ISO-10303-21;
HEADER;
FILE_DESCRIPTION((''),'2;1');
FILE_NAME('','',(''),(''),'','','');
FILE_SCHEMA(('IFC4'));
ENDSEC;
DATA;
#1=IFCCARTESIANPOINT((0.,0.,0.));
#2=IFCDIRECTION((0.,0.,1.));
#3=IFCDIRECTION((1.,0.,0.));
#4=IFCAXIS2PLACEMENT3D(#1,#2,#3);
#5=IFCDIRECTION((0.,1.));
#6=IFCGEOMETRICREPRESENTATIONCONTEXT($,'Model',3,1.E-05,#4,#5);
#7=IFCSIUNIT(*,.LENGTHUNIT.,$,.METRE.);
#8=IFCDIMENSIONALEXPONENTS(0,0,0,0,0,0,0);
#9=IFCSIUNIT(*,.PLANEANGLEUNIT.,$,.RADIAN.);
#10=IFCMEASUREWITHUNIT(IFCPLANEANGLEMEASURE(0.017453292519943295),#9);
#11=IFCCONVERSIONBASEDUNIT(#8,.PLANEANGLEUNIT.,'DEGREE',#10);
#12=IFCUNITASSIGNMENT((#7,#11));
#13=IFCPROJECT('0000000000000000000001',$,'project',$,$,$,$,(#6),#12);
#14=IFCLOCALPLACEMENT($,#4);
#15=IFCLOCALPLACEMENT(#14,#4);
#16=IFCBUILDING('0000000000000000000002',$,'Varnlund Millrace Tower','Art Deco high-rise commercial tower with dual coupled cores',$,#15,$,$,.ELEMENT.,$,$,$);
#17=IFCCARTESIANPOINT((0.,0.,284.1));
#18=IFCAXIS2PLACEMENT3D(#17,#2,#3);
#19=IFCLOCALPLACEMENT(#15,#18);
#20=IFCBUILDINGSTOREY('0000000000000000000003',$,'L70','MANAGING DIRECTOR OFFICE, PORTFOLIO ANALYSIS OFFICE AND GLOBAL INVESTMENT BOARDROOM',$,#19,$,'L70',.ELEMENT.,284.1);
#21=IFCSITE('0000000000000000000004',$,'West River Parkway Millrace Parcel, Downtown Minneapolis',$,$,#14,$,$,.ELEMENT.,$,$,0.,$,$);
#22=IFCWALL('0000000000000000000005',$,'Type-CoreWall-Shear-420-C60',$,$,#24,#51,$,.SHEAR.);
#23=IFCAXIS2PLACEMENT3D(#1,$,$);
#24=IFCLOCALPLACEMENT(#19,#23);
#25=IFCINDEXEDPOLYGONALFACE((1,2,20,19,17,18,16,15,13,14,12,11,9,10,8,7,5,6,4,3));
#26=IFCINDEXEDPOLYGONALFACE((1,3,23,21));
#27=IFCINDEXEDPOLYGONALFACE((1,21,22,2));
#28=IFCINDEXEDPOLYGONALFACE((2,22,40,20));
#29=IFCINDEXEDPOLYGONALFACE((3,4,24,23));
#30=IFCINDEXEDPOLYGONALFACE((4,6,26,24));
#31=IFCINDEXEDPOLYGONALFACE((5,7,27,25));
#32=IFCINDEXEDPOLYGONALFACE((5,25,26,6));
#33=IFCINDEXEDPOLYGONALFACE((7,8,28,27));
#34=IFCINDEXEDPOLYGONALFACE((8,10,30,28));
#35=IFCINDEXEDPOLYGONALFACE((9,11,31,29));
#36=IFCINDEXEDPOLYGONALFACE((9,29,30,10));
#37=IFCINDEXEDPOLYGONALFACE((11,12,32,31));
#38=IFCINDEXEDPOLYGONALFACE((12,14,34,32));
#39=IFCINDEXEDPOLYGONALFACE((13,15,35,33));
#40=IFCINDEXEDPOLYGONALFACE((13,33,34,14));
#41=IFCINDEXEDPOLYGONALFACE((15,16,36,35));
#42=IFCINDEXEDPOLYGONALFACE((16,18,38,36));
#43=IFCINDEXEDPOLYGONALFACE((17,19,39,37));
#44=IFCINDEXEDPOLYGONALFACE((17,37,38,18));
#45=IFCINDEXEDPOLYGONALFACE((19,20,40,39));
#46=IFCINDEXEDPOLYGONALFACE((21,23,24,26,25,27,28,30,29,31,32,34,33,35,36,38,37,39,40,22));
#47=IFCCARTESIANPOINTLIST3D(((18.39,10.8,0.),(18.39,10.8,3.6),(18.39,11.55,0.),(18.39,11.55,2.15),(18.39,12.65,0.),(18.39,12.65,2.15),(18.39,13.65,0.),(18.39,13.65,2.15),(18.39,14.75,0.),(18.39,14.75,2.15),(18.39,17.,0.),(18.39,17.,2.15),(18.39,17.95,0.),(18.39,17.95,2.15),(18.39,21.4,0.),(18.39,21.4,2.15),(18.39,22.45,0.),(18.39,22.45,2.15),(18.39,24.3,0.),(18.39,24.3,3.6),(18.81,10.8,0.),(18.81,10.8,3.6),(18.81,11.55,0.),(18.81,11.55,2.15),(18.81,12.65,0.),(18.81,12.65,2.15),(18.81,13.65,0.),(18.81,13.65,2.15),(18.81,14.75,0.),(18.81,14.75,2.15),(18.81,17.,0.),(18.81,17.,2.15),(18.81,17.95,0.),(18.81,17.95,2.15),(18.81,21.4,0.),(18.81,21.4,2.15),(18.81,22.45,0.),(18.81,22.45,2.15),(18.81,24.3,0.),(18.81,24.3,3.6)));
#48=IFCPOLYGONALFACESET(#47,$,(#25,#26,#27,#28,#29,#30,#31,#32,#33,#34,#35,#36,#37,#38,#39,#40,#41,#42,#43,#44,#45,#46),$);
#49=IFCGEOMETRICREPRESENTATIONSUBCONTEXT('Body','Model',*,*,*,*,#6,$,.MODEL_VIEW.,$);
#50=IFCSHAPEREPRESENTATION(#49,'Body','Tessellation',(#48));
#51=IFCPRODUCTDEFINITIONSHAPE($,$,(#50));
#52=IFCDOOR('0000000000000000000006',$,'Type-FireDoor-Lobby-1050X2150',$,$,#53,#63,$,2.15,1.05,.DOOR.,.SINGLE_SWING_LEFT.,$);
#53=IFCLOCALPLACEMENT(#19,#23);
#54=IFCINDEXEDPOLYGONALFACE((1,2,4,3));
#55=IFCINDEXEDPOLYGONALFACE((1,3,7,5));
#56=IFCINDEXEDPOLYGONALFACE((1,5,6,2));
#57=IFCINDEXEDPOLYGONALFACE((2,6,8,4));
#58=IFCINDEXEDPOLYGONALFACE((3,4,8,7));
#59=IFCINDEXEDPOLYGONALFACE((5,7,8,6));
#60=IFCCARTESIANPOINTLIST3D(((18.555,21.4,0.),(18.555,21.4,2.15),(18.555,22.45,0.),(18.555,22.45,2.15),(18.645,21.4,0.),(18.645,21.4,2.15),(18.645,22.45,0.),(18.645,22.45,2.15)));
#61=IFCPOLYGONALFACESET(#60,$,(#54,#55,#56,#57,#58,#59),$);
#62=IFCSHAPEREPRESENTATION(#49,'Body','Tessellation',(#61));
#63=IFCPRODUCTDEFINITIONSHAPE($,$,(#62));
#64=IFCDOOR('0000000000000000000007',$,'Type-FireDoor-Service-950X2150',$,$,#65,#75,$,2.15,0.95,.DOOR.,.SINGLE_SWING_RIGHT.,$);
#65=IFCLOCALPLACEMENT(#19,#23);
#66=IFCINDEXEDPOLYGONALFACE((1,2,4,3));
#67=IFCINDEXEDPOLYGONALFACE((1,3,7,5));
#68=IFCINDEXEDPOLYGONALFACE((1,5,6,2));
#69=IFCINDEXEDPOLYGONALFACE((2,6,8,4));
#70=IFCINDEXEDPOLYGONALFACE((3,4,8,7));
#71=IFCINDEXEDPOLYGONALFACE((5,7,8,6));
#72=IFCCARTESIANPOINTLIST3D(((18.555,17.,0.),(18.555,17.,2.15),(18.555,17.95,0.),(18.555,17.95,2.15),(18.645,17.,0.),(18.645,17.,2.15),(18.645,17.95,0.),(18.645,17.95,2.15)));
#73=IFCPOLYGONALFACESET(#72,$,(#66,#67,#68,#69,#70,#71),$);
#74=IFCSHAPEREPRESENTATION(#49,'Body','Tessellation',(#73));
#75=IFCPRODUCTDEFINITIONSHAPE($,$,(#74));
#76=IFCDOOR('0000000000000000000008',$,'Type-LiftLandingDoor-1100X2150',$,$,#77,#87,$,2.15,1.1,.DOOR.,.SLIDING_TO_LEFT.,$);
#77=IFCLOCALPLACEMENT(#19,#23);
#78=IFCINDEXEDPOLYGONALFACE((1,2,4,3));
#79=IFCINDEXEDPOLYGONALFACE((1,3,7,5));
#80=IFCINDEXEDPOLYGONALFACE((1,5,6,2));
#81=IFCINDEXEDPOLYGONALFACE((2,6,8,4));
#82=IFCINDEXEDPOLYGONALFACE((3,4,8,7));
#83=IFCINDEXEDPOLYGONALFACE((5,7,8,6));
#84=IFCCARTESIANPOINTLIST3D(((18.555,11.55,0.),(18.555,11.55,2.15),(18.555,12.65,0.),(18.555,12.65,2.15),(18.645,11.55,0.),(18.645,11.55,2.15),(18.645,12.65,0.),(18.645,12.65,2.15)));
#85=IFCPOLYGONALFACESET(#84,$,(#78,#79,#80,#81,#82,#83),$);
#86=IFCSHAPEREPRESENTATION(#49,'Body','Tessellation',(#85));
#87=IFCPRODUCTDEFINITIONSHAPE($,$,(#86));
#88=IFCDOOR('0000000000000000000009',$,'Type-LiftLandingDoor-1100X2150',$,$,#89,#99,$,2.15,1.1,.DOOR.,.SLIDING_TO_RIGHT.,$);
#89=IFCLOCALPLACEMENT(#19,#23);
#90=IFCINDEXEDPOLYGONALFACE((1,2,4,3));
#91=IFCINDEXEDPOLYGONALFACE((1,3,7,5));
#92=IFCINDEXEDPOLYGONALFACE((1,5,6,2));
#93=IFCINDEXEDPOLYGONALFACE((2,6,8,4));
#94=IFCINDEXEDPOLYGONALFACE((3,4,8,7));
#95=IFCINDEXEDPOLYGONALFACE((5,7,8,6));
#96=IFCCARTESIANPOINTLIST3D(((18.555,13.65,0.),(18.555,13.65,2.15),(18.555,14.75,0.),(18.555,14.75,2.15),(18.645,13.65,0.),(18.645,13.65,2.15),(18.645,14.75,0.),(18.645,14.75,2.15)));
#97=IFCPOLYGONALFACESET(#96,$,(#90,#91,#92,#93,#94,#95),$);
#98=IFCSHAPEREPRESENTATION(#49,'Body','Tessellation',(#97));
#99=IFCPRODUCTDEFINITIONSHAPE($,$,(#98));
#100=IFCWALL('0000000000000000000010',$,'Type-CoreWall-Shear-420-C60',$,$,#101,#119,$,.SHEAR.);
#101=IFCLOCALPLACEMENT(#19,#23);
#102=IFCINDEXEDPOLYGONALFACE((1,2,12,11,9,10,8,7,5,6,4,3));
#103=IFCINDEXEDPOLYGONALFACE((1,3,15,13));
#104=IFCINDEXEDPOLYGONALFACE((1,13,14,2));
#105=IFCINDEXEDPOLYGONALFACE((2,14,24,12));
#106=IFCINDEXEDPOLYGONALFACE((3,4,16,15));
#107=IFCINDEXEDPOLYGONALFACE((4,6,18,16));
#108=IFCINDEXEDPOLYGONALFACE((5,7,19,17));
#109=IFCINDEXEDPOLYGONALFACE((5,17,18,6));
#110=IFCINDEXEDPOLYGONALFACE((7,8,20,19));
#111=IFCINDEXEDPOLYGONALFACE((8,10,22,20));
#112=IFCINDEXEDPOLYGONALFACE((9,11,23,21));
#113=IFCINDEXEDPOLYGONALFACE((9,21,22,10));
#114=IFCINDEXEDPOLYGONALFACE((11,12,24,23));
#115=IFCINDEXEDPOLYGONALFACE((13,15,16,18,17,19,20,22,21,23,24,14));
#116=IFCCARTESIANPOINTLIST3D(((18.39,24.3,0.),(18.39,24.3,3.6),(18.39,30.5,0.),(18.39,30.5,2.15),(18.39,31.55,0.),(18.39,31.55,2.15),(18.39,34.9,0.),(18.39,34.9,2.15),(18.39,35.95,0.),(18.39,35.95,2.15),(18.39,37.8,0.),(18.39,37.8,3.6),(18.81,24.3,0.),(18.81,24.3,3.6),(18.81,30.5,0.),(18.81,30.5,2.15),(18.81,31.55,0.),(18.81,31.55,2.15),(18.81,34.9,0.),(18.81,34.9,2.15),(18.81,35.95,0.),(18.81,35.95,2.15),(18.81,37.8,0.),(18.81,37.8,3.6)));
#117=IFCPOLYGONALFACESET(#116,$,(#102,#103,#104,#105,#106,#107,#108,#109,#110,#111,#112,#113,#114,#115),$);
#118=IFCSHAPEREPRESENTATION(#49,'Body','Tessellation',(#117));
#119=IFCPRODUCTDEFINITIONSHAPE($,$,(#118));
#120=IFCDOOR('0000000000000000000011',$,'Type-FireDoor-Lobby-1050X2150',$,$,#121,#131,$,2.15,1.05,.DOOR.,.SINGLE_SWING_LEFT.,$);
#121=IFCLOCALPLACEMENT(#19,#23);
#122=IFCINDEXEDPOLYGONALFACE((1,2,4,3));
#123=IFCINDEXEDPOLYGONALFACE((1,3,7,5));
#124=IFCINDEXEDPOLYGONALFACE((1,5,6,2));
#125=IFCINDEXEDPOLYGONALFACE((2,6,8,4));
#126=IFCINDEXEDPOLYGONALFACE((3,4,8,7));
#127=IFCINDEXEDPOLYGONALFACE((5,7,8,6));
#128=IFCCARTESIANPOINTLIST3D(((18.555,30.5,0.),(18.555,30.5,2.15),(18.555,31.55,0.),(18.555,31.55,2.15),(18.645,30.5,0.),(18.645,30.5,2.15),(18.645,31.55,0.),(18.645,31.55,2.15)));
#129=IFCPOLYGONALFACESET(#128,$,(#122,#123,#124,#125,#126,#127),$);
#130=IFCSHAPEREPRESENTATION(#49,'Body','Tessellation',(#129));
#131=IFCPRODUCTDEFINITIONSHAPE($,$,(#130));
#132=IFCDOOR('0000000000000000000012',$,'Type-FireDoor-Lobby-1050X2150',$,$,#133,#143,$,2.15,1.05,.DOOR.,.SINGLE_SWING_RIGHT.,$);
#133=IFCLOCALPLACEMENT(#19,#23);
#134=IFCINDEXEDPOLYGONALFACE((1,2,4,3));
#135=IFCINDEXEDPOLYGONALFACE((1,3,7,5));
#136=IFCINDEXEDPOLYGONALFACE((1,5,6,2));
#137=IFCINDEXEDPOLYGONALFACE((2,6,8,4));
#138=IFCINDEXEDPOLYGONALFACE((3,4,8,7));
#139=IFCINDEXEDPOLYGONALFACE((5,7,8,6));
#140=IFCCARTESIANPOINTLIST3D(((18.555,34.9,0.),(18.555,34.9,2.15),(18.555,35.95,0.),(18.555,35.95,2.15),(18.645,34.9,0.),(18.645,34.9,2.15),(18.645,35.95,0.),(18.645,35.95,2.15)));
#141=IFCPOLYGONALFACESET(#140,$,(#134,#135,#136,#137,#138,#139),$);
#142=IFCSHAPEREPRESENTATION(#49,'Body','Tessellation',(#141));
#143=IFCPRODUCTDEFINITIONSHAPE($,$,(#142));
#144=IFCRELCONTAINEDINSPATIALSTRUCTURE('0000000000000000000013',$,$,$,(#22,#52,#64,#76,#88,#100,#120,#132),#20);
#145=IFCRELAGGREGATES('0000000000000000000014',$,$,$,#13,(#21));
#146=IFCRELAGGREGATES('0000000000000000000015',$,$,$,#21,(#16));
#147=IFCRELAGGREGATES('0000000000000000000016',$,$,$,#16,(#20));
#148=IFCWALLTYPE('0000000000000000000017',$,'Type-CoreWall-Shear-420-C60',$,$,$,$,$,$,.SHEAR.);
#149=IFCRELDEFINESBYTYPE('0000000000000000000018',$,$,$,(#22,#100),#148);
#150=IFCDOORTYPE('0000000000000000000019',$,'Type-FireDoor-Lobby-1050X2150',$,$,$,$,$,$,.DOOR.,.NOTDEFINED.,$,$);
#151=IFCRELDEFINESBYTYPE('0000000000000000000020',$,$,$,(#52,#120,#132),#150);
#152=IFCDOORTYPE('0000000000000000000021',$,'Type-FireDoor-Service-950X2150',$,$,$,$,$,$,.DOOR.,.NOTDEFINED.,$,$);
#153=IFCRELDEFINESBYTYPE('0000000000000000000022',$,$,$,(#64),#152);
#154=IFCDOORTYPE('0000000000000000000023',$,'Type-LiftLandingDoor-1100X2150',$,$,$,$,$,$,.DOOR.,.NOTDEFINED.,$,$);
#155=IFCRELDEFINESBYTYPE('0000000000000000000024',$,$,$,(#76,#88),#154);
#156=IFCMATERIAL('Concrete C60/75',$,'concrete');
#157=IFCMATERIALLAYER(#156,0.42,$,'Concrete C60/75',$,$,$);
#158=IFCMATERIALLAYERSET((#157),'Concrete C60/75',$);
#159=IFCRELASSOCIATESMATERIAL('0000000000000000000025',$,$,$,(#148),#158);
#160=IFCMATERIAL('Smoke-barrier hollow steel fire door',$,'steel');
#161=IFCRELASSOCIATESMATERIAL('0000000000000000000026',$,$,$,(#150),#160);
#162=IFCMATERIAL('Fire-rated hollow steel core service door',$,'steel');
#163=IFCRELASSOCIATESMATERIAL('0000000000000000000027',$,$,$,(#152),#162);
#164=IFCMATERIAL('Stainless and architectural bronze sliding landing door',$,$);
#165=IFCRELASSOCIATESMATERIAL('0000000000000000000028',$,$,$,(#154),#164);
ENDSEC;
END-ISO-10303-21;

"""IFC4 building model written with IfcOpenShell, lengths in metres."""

from ifc_helpers import new_model, entity, si_unit, converted_unit, direction, frame, origin_with_axes, origin_2d_with_axis, place, context, subcontext, project, spatial, polyline, rectangle, outline, extrude, material, layer, layer_set, type_object, element, fill, save


model = new_model("IFC4")

# Units and contexts
model_context = context("Model", 3, precision=1e-05, world=origin_with_axes(), true_north=direction((0.0, 1.0)))
body_context = subcontext(model_context, "Body", "Model", "MODEL_VIEW")
ifc_project = project(units=[si_unit("LENGTHUNIT", "METRE"), converted_unit("PLANEANGLEUNIT", "DEGREE", entity("IfcPlaneAngleMeasure", 0.017453292519943295), si_unit("PLANEANGLEUNIT", "RADIAN"), dimensions=[0, 0, 0, 0, 0, 0, 0])], contexts=[model_context])

# Site, building, storey
site_placement = place(None, origin_with_axes())
site = spatial("IfcSite", under=ifc_project, at=site_placement, Name="West River Parkway Millrace Parcel, Downtown Minneapolis", CompositionType="ELEMENT", RefElevation=0.0)
building_placement = place(site_placement, origin_with_axes())
building = spatial("IfcBuilding", under=site, at=building_placement, Name="Varnlund Millrace Tower", Description="Art Deco high-rise commercial tower with dual coupled cores", CompositionType="ELEMENT")
storey_placement = place(building_placement, frame((0.0, 0.0, 284.1), z_axis=(0.0, 0.0, 1.0), x_axis=(1.0, 0.0, 0.0)))
storey = spatial("IfcBuildingStorey", under=building, at=storey_placement, Name="L70", Description="MANAGING DIRECTOR OFFICE, PORTFOLIO ANALYSIS OFFICE AND GLOBAL INVESTMENT BOARDROOM", LongName="L70", CompositionType="ELEMENT", Elevation=284.1)

# Walls, openings, doors
ifc_material_1 = material(Name="Concrete C60/75", Category="concrete")
ifc_layer_1 = layer(ifc_material_1, 0.42, Name="Concrete C60/75")
ifc_layer_set_1 = layer_set([ifc_layer_1], Name="Concrete C60/75")
wall_type_1 = type_object("IfcWallType", Name="Type-CoreWall-Shear-420-C60", PredefinedType="SHEAR", material=ifc_layer_set_1)
wall_1_placement = place(storey_placement, frame((18.6, 10.8, 0.0), z_axis=(0.0, 0.0, 1.0), x_axis=(0.0, 1.0, 0.0)))
wall_1 = element("IfcWall", 1, at=wall_1_placement, inside=storey, type_object=wall_type_1, Name="Type-CoreWall-Shear-420-C60", PredefinedType="SHEAR", context=body_context, shape_type="SweptSolid", body=[
    extrude(outline(polyline([(0.0, -0.21), (13.5, -0.21), (13.5, 0.21), (0.0, 0.21), (0.0, -0.21)])), origin_with_axes(), (0.0, 0.0, 1.0), 3.6),
])
opening_1_placement = place(wall_1_placement, frame((1.3, 0.0, 0.0), z_axis=(0.0, 0.0, 1.0), x_axis=(1.0, 0.0, 0.0)))
opening_1 = element("IfcOpeningElement", 2, at=opening_1_placement, cuts=wall_1, PredefinedType="OPENING", context=body_context, shape_type="SweptSolid", body=[
    extrude(rectangle(XDim=1.1, YDim=0.44, at=origin_2d_with_axis()), origin_with_axes(), (0.0, 0.0, 1.0), 2.15),
])
opening_2_placement = place(wall_1_placement, frame((3.4, 0.0, 0.0), z_axis=(0.0, 0.0, 1.0), x_axis=(1.0, 0.0, 0.0)))
opening_2 = element("IfcOpeningElement", 3, at=opening_2_placement, cuts=wall_1, PredefinedType="OPENING", context=body_context, shape_type="SweptSolid", body=[
    extrude(rectangle(XDim=1.1, YDim=0.44, at=origin_2d_with_axis()), origin_with_axes(), (0.0, 0.0, 1.0), 2.15),
])
opening_3_placement = place(wall_1_placement, frame((11.125, 0.0, 0.0), z_axis=(0.0, 0.0, 1.0), x_axis=(1.0, 0.0, 0.0)))
opening_3 = element("IfcOpeningElement", 4, at=opening_3_placement, cuts=wall_1, PredefinedType="OPENING", context=body_context, shape_type="SweptSolid", body=[
    extrude(rectangle(XDim=1.05, YDim=0.44, at=origin_2d_with_axis()), origin_with_axes(), (0.0, 0.0, 1.0), 2.15),
])
opening_4_placement = place(wall_1_placement, frame((6.675, 0.0, 0.0), z_axis=(0.0, 0.0, 1.0), x_axis=(1.0, 0.0, 0.0)))
opening_4 = element("IfcOpeningElement", 5, at=opening_4_placement, cuts=wall_1, PredefinedType="OPENING", context=body_context, shape_type="SweptSolid", body=[
    extrude(rectangle(XDim=0.95, YDim=0.44, at=origin_2d_with_axis()), origin_with_axes(), (0.0, 0.0, 1.0), 2.15),
])
ifc_material_2 = material(Name="Smoke-barrier hollow steel fire door", Category="steel")
door_type_1 = type_object("IfcDoorType", Name="Type-FireDoor-Lobby-1050X2150", OperationType="NOTDEFINED", PredefinedType="DOOR", material=ifc_material_2)
door_1_placement = place(wall_1_placement, frame((11.125, 0.0, 0.0), z_axis=(0.0, 0.0, 1.0), x_axis=(1.0, 0.0, 0.0)))
door_1 = element("IfcDoor", 6, at=door_1_placement, inside=storey, type_object=door_type_1, Name="Type-FireDoor-Lobby-1050X2150", OperationType="SINGLE_SWING_LEFT", OverallHeight=2.15, OverallWidth=1.05, PredefinedType="DOOR", context=body_context, shape_type="SweptSolid", body=[
    extrude(rectangle(XDim=1.05, YDim=0.09, at=origin_2d_with_axis()), origin_with_axes(), (0.0, 0.0, 1.0), 2.15),
])
fill(opening_3, door_1)
ifc_material_3 = material(Name="Fire-rated hollow steel core service door", Category="steel")
door_type_2 = type_object("IfcDoorType", Name="Type-FireDoor-Service-950X2150", OperationType="NOTDEFINED", PredefinedType="DOOR", material=ifc_material_3)
door_2_placement = place(wall_1_placement, frame((6.675, 0.0, 0.0), z_axis=(0.0, 0.0, 1.0), x_axis=(1.0, 0.0, 0.0)))
door_2 = element("IfcDoor", 7, at=door_2_placement, inside=storey, type_object=door_type_2, Name="Type-FireDoor-Service-950X2150", OperationType="SINGLE_SWING_RIGHT", OverallHeight=2.15, OverallWidth=0.95, PredefinedType="DOOR", context=body_context, shape_type="SweptSolid", body=[
    extrude(rectangle(XDim=0.95, YDim=0.09, at=origin_2d_with_axis()), origin_with_axes(), (0.0, 0.0, 1.0), 2.15),
])
fill(opening_4, door_2)
ifc_material_4 = material(Name="Stainless and architectural bronze sliding landing door")
door_type_3 = type_object("IfcDoorType", Name="Type-LiftLandingDoor-1100X2150", OperationType="NOTDEFINED", PredefinedType="DOOR", material=ifc_material_4)
door_3_placement = place(wall_1_placement, frame((1.3, 0.0, 0.0), z_axis=(0.0, 0.0, 1.0), x_axis=(1.0, 0.0, 0.0)))
door_3 = element("IfcDoor", 8, at=door_3_placement, inside=storey, type_object=door_type_3, Name="Type-LiftLandingDoor-1100X2150", OperationType="SLIDING_TO_LEFT", OverallHeight=2.15, OverallWidth=1.1, PredefinedType="DOOR", context=body_context, shape_type="SweptSolid", body=[
    extrude(rectangle(XDim=1.1, YDim=0.09, at=origin_2d_with_axis()), origin_with_axes(), (0.0, 0.0, 1.0), 2.15),
])
fill(opening_1, door_3)
door_4_placement = place(wall_1_placement, frame((3.4, 0.0, 0.0), z_axis=(0.0, 0.0, 1.0), x_axis=(1.0, 0.0, 0.0)))
door_4 = element("IfcDoor", 9, at=door_4_placement, inside=storey, type_object=door_type_3, Name="Type-LiftLandingDoor-1100X2150", OperationType="SLIDING_TO_RIGHT", OverallHeight=2.15, OverallWidth=1.1, PredefinedType="DOOR", context=body_context, shape_type="SweptSolid", body=[
    extrude(rectangle(XDim=1.1, YDim=0.09, at=origin_2d_with_axis()), origin_with_axes(), (0.0, 0.0, 1.0), 2.15),
])
fill(opening_2, door_4)
wall_2_placement = place(storey_placement, frame((18.6, 24.3, 0.0), z_axis=(0.0, 0.0, 1.0), x_axis=(0.0, 1.0, 0.0)))
wall_2 = element("IfcWall", 10, at=wall_2_placement, inside=storey, type_object=wall_type_1, Name="Type-CoreWall-Shear-420-C60", PredefinedType="SHEAR", context=body_context, shape_type="SweptSolid", body=[
    extrude(outline(polyline([(0.0, -0.21), (13.5, -0.21), (13.5, 0.21), (0.0, 0.21), (0.0, -0.21)])), origin_with_axes(), (0.0, 0.0, 1.0), 3.6),
])
opening_5_placement = place(wall_2_placement, frame((6.725, 0.0, 0.0), z_axis=(0.0, 0.0, 1.0), x_axis=(1.0, 0.0, 0.0)))
opening_5 = element("IfcOpeningElement", 11, at=opening_5_placement, cuts=wall_2, PredefinedType="OPENING", context=body_context, shape_type="SweptSolid", body=[
    extrude(rectangle(XDim=1.05, YDim=0.44, at=origin_2d_with_axis()), origin_with_axes(), (0.0, 0.0, 1.0), 2.15),
])
opening_6_placement = place(wall_2_placement, frame((11.125, 0.0, 0.0), z_axis=(0.0, 0.0, 1.0), x_axis=(1.0, 0.0, 0.0)))
opening_6 = element("IfcOpeningElement", 12, at=opening_6_placement, cuts=wall_2, PredefinedType="OPENING", context=body_context, shape_type="SweptSolid", body=[
    extrude(rectangle(XDim=1.05, YDim=0.44, at=origin_2d_with_axis()), origin_with_axes(), (0.0, 0.0, 1.0), 2.15),
])
door_5_placement = place(wall_2_placement, frame((6.725, 0.0, 0.0), z_axis=(0.0, 0.0, 1.0), x_axis=(1.0, 0.0, 0.0)))
door_5 = element("IfcDoor", 13, at=door_5_placement, inside=storey, type_object=door_type_1, Name="Type-FireDoor-Lobby-1050X2150", OperationType="SINGLE_SWING_LEFT", OverallHeight=2.15, OverallWidth=1.05, PredefinedType="DOOR", context=body_context, shape_type="SweptSolid", body=[
    extrude(rectangle(XDim=1.05, YDim=0.09, at=origin_2d_with_axis()), origin_with_axes(), (0.0, 0.0, 1.0), 2.15),
])
fill(opening_5, door_5)
door_6_placement = place(wall_2_placement, frame((11.125, 0.0, 0.0), z_axis=(0.0, 0.0, 1.0), x_axis=(1.0, 0.0, 0.0)))
door_6 = element("IfcDoor", 14, at=door_6_placement, inside=storey, type_object=door_type_1, Name="Type-FireDoor-Lobby-1050X2150", OperationType="SINGLE_SWING_RIGHT", OverallHeight=2.15, OverallWidth=1.05, PredefinedType="DOOR", context=body_context, shape_type="SweptSolid", body=[
    extrude(rectangle(XDim=1.05, YDim=0.09, at=origin_2d_with_axis()), origin_with_axes(), (0.0, 0.0, 1.0), 2.15),
])
fill(opening_6, door_6)

save(model, "model.ifc")
